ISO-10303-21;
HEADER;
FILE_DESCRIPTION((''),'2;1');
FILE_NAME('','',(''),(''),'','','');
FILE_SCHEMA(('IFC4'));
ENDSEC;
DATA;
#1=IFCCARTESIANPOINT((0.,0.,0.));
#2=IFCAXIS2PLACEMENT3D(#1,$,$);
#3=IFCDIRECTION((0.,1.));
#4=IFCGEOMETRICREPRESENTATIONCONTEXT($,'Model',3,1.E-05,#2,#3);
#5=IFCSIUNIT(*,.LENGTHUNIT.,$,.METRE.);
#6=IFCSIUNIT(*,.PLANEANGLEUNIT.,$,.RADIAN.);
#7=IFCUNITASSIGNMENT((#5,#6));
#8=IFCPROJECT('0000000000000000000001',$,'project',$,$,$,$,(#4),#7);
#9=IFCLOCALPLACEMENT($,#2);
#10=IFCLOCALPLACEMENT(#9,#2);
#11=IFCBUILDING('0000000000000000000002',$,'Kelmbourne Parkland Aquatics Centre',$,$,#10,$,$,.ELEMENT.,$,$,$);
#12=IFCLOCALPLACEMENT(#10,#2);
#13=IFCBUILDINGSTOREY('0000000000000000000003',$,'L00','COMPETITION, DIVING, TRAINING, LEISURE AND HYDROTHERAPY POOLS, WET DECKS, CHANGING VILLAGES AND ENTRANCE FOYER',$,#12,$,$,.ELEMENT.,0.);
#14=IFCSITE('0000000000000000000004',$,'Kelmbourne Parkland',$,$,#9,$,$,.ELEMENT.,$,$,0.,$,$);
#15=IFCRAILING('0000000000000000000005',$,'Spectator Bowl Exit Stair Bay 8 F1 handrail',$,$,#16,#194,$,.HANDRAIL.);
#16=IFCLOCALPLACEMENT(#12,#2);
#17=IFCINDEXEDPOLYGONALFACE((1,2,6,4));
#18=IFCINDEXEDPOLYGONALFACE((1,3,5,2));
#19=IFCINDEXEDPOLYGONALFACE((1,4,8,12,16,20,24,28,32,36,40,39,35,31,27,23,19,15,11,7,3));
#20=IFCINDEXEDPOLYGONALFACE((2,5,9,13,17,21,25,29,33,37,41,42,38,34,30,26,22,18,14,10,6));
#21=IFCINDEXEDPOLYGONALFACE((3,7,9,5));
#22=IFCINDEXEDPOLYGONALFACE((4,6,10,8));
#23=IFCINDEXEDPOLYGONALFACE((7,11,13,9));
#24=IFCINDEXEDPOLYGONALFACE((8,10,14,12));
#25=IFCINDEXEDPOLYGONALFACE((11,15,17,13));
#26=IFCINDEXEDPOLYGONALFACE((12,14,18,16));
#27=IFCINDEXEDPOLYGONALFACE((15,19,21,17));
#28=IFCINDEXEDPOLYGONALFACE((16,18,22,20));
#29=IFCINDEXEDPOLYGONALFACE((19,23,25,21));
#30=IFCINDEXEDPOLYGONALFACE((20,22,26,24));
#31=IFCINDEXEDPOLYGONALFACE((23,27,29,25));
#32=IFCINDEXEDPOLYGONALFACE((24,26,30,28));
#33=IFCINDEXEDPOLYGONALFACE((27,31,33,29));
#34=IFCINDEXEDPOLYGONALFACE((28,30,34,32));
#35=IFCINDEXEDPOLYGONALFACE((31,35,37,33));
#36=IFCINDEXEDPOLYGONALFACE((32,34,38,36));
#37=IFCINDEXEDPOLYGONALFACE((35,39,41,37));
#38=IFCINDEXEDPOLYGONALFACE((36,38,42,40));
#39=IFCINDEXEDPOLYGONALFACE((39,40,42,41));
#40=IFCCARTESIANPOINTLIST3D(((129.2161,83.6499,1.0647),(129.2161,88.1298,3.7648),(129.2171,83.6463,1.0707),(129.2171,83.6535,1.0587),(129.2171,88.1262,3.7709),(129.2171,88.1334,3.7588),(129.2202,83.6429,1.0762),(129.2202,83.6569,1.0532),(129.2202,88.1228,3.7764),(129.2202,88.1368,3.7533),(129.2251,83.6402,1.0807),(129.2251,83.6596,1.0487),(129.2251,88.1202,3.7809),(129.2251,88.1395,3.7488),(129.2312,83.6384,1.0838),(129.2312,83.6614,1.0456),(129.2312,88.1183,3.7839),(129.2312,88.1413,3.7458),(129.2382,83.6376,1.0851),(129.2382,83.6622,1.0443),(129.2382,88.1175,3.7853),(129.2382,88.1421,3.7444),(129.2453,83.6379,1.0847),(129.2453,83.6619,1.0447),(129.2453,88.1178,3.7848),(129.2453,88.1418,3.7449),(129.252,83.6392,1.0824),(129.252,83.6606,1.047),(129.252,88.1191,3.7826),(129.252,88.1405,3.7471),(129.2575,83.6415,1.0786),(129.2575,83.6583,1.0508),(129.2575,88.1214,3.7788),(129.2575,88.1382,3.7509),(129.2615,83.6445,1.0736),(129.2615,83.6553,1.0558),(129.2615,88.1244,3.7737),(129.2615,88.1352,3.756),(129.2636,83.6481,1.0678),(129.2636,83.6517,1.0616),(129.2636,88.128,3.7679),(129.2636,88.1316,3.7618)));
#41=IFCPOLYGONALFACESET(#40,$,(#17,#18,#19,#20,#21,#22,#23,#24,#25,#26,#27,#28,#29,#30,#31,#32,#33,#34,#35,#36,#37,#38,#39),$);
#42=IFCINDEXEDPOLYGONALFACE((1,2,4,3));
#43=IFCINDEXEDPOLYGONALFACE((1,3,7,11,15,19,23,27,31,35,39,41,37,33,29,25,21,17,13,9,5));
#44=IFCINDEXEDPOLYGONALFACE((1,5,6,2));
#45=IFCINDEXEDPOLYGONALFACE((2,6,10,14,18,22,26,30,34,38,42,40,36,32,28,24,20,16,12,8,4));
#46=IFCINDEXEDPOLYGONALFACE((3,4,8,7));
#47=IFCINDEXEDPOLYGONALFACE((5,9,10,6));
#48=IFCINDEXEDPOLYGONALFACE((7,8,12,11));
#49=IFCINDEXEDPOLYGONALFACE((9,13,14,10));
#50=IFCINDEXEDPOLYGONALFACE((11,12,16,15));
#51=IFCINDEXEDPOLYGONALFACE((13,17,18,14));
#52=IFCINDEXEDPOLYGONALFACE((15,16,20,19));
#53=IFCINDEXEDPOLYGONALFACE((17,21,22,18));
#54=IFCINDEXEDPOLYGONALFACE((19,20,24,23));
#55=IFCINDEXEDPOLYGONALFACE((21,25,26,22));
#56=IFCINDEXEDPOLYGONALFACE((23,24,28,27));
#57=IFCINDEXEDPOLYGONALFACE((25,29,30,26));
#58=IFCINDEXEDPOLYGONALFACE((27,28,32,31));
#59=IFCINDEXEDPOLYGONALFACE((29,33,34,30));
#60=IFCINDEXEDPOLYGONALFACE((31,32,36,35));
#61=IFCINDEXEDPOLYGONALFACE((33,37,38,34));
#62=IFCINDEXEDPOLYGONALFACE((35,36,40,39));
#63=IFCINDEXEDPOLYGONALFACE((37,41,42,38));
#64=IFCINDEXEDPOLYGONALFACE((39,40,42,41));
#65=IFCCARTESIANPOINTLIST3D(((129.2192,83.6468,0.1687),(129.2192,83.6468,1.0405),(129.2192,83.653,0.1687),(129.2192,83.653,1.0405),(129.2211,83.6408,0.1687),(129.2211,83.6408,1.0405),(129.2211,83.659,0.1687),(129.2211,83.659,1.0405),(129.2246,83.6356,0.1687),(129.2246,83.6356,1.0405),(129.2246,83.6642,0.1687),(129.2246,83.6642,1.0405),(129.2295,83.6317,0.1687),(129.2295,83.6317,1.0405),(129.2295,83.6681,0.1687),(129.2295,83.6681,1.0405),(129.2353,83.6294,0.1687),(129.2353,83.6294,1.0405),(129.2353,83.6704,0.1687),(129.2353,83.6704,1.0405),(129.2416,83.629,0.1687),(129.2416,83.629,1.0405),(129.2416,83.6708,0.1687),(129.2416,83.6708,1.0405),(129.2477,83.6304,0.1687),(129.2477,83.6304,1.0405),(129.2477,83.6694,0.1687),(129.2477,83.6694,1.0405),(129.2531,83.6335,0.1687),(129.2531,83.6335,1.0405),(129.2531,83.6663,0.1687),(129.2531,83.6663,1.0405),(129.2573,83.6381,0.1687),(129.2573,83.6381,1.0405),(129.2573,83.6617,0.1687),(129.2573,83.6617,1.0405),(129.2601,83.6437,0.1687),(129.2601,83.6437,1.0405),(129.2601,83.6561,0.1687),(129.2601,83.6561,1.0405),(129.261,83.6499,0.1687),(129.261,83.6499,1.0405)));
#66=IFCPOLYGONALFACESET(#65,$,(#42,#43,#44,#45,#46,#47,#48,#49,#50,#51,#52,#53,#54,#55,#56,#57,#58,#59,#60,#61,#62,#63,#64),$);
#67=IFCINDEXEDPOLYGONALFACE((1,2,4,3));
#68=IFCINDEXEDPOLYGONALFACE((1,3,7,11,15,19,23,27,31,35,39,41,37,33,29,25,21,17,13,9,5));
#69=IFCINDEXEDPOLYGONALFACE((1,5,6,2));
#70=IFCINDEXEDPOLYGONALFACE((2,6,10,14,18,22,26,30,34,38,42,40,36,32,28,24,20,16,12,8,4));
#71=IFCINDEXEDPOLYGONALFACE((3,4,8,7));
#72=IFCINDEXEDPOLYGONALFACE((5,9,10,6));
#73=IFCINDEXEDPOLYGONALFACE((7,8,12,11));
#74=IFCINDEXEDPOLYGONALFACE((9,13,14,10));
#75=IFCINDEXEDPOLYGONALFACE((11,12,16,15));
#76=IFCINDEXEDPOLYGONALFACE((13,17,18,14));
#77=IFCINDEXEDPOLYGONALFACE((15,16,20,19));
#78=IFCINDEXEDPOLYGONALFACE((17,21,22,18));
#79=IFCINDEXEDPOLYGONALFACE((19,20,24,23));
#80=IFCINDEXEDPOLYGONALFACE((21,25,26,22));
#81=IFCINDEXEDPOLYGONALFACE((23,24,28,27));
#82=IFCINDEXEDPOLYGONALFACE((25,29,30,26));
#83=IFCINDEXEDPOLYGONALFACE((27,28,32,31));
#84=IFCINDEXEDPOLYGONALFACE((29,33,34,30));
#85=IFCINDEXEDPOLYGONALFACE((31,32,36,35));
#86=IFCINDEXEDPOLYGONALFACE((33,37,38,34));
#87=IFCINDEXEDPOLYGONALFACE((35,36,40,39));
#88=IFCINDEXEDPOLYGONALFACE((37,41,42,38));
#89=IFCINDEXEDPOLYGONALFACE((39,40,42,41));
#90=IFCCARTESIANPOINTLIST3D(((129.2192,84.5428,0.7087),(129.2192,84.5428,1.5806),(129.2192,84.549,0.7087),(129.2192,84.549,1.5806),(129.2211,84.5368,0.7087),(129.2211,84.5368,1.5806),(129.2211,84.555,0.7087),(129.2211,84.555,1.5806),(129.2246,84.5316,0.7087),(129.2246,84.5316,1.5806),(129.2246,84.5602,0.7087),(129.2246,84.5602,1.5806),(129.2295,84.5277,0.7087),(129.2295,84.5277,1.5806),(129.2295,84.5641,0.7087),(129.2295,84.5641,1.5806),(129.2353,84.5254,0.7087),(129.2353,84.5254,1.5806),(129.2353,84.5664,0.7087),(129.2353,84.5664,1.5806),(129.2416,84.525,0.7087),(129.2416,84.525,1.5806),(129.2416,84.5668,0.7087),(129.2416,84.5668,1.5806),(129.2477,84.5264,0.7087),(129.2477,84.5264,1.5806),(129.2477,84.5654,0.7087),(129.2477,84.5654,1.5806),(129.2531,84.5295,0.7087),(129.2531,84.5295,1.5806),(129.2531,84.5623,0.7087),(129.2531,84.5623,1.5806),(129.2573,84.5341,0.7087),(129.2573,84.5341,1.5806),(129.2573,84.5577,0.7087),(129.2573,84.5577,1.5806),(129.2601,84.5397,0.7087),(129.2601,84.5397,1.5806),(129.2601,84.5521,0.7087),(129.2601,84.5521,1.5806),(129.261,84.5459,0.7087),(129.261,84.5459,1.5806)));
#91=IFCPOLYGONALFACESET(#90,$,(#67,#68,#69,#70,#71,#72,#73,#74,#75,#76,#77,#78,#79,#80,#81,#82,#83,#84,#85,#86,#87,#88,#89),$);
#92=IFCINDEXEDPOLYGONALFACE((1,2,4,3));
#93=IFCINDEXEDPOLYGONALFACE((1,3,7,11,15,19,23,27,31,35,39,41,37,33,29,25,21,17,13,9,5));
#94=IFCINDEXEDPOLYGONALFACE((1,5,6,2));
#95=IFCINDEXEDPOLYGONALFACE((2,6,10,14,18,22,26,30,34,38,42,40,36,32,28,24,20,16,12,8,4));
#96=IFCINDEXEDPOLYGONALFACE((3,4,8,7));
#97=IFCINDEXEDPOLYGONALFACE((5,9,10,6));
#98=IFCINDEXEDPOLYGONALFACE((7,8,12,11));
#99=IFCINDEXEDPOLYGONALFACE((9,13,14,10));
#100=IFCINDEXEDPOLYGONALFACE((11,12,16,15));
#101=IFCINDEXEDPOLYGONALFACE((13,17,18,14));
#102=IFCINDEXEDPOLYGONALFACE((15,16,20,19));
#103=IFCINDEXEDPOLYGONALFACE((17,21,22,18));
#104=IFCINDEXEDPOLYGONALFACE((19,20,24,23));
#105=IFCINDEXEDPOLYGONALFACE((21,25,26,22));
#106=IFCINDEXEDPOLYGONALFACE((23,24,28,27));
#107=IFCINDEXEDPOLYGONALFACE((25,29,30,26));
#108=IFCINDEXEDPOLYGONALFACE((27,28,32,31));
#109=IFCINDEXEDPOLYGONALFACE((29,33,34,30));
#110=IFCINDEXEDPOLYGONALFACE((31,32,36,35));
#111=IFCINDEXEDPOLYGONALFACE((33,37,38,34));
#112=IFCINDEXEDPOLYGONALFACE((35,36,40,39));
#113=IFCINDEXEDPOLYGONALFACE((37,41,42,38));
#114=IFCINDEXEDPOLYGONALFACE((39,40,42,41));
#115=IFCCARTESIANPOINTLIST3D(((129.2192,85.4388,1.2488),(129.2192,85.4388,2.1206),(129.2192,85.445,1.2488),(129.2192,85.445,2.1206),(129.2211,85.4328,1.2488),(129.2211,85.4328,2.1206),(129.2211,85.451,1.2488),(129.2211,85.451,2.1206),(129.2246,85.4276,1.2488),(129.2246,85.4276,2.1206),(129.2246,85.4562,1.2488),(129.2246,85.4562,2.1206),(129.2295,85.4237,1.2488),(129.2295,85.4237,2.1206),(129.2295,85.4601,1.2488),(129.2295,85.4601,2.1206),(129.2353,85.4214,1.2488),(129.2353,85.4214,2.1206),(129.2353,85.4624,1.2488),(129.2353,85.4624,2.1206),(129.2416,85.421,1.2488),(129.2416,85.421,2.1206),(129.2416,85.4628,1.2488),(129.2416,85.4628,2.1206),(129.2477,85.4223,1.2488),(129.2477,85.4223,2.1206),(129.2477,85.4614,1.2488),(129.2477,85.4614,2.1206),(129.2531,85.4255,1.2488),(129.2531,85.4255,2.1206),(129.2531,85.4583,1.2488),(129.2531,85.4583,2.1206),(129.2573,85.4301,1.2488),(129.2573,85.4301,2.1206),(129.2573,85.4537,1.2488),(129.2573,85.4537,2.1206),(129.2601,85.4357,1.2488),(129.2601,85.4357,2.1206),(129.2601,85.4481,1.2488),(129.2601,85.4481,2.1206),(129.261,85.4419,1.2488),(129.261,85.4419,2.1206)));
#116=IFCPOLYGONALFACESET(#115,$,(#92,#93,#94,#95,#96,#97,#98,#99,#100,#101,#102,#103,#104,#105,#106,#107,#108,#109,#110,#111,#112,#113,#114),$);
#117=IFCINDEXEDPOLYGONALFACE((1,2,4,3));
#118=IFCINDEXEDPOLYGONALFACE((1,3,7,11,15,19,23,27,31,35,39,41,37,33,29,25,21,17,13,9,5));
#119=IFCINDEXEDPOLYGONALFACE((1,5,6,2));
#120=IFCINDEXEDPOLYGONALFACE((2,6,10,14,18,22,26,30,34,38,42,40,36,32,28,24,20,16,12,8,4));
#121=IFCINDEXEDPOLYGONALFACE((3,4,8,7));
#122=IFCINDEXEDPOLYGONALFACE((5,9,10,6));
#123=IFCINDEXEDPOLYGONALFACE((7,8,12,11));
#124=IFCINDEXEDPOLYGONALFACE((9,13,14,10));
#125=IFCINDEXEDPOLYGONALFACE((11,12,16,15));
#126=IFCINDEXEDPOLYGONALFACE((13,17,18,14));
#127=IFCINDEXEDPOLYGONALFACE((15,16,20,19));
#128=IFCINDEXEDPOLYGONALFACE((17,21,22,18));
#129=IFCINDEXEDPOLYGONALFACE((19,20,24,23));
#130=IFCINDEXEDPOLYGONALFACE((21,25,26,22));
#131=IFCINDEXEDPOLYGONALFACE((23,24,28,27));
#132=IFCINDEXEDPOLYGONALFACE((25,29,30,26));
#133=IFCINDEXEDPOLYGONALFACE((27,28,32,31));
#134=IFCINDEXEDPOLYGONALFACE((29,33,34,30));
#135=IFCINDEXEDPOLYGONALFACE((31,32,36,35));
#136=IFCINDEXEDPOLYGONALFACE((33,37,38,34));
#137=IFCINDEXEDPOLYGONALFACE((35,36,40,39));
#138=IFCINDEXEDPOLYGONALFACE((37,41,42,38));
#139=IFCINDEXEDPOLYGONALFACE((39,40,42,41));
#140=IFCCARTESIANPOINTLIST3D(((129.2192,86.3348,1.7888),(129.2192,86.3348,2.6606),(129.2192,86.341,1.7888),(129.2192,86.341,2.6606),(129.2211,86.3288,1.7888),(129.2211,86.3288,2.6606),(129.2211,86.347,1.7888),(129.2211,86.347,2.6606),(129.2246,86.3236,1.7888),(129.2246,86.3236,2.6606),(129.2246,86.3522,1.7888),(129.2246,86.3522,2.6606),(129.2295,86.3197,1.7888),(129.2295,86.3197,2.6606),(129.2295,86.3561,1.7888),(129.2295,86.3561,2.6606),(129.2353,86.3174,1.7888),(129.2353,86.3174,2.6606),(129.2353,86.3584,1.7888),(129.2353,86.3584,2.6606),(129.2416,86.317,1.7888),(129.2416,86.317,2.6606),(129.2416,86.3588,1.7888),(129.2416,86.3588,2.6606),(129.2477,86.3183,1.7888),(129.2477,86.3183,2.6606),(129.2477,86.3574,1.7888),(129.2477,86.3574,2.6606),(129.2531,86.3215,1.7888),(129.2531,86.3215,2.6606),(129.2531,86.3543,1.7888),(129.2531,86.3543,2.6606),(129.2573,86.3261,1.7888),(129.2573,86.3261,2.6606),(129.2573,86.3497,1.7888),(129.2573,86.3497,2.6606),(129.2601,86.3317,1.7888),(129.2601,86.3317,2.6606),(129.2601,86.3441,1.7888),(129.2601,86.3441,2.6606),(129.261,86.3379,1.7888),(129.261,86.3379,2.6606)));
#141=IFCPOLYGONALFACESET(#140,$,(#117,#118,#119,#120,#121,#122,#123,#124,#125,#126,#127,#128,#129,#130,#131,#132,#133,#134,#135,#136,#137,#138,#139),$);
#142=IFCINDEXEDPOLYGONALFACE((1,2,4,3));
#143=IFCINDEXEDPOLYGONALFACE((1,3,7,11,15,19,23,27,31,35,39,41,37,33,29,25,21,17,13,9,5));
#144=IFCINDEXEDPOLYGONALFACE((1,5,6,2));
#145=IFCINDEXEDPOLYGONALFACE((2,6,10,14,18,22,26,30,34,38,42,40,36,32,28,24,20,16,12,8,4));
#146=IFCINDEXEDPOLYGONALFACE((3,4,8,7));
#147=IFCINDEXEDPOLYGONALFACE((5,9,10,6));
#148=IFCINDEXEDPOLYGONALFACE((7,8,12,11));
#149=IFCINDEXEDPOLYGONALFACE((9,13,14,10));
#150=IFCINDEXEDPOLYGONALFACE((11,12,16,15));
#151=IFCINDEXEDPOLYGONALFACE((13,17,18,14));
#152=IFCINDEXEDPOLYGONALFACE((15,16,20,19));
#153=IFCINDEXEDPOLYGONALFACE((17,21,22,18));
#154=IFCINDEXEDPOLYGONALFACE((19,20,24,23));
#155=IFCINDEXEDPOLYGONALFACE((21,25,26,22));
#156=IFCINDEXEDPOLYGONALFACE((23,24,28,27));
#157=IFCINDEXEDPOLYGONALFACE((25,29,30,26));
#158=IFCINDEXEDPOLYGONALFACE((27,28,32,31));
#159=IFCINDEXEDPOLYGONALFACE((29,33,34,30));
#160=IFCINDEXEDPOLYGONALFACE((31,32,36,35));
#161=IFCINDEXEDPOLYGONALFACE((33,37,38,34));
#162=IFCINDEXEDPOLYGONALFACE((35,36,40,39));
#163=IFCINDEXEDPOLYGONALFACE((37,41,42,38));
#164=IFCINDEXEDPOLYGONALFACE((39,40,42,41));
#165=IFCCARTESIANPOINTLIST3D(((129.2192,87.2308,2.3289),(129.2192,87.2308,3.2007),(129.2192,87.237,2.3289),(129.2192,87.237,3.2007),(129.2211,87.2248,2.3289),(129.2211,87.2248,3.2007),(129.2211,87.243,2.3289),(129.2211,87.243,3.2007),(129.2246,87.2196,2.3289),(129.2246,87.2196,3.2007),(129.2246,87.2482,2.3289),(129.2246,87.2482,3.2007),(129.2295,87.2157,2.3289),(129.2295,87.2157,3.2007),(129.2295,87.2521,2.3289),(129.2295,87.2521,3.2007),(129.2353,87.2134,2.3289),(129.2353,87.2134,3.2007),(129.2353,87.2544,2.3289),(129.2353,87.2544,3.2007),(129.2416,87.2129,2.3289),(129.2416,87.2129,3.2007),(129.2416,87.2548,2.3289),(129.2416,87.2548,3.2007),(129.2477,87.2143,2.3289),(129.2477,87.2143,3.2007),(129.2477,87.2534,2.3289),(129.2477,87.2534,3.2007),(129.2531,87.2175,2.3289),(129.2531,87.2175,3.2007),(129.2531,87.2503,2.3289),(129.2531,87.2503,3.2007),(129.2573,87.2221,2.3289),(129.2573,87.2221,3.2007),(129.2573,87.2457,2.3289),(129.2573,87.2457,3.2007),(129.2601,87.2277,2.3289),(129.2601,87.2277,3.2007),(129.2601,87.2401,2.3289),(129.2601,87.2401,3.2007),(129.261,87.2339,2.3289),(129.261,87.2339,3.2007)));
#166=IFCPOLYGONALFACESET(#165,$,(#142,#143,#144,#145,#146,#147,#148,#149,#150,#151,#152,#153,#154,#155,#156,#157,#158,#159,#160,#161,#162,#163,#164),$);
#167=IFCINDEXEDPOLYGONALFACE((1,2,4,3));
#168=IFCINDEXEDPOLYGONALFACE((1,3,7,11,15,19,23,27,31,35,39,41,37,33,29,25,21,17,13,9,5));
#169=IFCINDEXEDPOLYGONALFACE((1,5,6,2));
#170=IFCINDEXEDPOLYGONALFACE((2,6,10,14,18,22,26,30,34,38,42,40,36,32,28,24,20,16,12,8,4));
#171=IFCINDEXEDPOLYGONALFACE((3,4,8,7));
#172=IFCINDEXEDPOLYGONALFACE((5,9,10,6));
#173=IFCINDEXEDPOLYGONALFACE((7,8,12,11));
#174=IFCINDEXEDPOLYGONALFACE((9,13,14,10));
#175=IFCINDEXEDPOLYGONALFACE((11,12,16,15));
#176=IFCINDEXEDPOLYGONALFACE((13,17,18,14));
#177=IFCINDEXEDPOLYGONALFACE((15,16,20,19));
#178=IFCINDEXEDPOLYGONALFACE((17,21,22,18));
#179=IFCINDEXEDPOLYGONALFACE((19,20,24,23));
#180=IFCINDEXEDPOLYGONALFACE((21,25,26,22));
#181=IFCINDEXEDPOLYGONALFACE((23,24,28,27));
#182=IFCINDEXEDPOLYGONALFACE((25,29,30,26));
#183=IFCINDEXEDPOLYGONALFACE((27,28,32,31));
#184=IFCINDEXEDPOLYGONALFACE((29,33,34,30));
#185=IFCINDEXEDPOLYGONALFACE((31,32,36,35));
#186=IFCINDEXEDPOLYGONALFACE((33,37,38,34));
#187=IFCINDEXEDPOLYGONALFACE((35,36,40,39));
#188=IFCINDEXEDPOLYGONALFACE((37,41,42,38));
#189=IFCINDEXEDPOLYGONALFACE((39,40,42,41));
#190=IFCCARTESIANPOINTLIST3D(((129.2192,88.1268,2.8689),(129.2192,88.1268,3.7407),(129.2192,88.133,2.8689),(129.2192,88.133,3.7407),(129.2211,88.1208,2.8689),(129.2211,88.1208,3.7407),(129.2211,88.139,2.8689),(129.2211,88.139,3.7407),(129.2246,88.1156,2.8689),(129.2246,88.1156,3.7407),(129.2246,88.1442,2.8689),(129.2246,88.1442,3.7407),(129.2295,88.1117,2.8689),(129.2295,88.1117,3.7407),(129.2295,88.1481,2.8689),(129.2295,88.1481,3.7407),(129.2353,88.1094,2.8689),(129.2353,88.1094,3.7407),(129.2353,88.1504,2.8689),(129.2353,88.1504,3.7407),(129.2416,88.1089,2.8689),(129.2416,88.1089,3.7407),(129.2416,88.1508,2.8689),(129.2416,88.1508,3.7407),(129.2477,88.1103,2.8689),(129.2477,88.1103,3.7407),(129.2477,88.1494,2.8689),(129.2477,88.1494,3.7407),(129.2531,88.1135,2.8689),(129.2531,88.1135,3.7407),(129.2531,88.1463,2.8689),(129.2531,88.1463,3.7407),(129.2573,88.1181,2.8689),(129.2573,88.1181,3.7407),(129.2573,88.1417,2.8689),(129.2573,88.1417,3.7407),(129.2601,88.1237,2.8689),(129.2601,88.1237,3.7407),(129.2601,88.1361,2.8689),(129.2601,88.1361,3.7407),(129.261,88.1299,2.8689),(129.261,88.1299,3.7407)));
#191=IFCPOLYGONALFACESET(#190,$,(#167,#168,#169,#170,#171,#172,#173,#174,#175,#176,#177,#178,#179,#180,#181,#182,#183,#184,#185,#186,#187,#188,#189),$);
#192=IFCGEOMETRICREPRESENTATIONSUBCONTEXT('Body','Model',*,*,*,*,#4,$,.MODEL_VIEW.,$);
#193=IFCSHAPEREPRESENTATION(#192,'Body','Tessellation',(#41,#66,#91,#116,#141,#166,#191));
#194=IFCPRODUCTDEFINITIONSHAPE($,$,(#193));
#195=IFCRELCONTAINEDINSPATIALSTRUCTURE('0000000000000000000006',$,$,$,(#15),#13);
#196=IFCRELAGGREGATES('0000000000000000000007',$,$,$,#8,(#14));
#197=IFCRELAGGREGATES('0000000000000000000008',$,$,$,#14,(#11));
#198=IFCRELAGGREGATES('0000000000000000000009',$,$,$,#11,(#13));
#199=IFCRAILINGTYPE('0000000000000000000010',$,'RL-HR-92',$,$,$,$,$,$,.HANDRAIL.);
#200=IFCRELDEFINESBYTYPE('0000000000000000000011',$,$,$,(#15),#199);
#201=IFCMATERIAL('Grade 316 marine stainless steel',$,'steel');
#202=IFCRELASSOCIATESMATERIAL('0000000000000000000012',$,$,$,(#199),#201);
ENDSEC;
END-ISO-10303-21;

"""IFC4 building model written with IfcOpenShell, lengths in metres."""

from ifc_helpers import new_model, si_unit, direction, frame, origin, origin_2d, place, context, subcontext, project, spatial, circle, extrude, material, type_object, element, save


model = new_model("IFC4")

# Units and contexts
model_context = context("Model", 3, precision=1e-05, world=origin(), true_north=direction((0.0, 1.0)))
body_context = subcontext(model_context, "Body", "Model", "MODEL_VIEW")
ifc_project = project(units=[si_unit("LENGTHUNIT", "METRE"), si_unit("PLANEANGLEUNIT", "RADIAN")], contexts=[model_context])

# Site, building, storey
site_placement = place(None, origin())
site = spatial("IfcSite", under=ifc_project, at=site_placement, Name="Kelmbourne Parkland", CompositionType="ELEMENT", RefElevation=0.0)
building_placement = place(site_placement, origin())
building = spatial("IfcBuilding", under=site, at=building_placement, Name="Kelmbourne Parkland Aquatics Centre", CompositionType="ELEMENT")
storey_placement = place(building_placement, origin())
storey = spatial("IfcBuildingStorey", under=building, at=storey_placement, Name="L00", Description="COMPETITION, DIVING, TRAINING, LEISURE AND HYDROTHERAPY POOLS, WET DECKS, CHANGING VILLAGES AND ENTRANCE FOYER", CompositionType="ELEMENT", Elevation=0.0)

# Railing
ifc_material_1 = material(Name="Grade 316 marine stainless steel", Category="steel")
railing_type = type_object("IfcRailingType", Name="RL-HR-92", PredefinedType="HANDRAIL", material=ifc_material_1)
railing_placement = place(storey_placement, frame((129.24, 83.6499, 0.1687)))
element("IfcRailing", 1, at=railing_placement, inside=storey, type_object=railing_type, Name="Spectator Bowl Exit Stair Bay 8 F1 handrail", PredefinedType="HANDRAIL", context=body_context, shape_type="SweptSolid", body=[
    extrude(circle(Radius=0.0239, at=origin_2d()), frame((0.0, 0.0, 0.896), z_axis=(0.0, 0.856462, 0.516211), x_axis=(-1.0, 0.0, 0.0)), (0.0, 0.0, 1.0), 5.2307),
    extrude(circle(Radius=0.021, at=origin_2d()), origin(), (0.0, 0.0, 1.0), 0.8718),
    extrude(circle(Radius=0.021, at=origin_2d()), frame((0.0, 0.896, 0.54)), (0.0, 0.0, 1.0), 0.8718),
    extrude(circle(Radius=0.021, at=origin_2d()), frame((0.0, 1.792, 1.0801)), (0.0, 0.0, 1.0), 0.8718),
    extrude(circle(Radius=0.021, at=origin_2d()), frame((0.0, 2.688, 1.6201)), (0.0, 0.0, 1.0), 0.8718),
    extrude(circle(Radius=0.021, at=origin_2d()), frame((0.0, 3.584, 2.1602)), (0.0, 0.0, 1.0), 0.8718),
    extrude(circle(Radius=0.021, at=origin_2d()), frame((0.0, 4.48, 2.7002)), (0.0, 0.0, 1.0), 0.8718),
])

save(model, "model.ifc")
